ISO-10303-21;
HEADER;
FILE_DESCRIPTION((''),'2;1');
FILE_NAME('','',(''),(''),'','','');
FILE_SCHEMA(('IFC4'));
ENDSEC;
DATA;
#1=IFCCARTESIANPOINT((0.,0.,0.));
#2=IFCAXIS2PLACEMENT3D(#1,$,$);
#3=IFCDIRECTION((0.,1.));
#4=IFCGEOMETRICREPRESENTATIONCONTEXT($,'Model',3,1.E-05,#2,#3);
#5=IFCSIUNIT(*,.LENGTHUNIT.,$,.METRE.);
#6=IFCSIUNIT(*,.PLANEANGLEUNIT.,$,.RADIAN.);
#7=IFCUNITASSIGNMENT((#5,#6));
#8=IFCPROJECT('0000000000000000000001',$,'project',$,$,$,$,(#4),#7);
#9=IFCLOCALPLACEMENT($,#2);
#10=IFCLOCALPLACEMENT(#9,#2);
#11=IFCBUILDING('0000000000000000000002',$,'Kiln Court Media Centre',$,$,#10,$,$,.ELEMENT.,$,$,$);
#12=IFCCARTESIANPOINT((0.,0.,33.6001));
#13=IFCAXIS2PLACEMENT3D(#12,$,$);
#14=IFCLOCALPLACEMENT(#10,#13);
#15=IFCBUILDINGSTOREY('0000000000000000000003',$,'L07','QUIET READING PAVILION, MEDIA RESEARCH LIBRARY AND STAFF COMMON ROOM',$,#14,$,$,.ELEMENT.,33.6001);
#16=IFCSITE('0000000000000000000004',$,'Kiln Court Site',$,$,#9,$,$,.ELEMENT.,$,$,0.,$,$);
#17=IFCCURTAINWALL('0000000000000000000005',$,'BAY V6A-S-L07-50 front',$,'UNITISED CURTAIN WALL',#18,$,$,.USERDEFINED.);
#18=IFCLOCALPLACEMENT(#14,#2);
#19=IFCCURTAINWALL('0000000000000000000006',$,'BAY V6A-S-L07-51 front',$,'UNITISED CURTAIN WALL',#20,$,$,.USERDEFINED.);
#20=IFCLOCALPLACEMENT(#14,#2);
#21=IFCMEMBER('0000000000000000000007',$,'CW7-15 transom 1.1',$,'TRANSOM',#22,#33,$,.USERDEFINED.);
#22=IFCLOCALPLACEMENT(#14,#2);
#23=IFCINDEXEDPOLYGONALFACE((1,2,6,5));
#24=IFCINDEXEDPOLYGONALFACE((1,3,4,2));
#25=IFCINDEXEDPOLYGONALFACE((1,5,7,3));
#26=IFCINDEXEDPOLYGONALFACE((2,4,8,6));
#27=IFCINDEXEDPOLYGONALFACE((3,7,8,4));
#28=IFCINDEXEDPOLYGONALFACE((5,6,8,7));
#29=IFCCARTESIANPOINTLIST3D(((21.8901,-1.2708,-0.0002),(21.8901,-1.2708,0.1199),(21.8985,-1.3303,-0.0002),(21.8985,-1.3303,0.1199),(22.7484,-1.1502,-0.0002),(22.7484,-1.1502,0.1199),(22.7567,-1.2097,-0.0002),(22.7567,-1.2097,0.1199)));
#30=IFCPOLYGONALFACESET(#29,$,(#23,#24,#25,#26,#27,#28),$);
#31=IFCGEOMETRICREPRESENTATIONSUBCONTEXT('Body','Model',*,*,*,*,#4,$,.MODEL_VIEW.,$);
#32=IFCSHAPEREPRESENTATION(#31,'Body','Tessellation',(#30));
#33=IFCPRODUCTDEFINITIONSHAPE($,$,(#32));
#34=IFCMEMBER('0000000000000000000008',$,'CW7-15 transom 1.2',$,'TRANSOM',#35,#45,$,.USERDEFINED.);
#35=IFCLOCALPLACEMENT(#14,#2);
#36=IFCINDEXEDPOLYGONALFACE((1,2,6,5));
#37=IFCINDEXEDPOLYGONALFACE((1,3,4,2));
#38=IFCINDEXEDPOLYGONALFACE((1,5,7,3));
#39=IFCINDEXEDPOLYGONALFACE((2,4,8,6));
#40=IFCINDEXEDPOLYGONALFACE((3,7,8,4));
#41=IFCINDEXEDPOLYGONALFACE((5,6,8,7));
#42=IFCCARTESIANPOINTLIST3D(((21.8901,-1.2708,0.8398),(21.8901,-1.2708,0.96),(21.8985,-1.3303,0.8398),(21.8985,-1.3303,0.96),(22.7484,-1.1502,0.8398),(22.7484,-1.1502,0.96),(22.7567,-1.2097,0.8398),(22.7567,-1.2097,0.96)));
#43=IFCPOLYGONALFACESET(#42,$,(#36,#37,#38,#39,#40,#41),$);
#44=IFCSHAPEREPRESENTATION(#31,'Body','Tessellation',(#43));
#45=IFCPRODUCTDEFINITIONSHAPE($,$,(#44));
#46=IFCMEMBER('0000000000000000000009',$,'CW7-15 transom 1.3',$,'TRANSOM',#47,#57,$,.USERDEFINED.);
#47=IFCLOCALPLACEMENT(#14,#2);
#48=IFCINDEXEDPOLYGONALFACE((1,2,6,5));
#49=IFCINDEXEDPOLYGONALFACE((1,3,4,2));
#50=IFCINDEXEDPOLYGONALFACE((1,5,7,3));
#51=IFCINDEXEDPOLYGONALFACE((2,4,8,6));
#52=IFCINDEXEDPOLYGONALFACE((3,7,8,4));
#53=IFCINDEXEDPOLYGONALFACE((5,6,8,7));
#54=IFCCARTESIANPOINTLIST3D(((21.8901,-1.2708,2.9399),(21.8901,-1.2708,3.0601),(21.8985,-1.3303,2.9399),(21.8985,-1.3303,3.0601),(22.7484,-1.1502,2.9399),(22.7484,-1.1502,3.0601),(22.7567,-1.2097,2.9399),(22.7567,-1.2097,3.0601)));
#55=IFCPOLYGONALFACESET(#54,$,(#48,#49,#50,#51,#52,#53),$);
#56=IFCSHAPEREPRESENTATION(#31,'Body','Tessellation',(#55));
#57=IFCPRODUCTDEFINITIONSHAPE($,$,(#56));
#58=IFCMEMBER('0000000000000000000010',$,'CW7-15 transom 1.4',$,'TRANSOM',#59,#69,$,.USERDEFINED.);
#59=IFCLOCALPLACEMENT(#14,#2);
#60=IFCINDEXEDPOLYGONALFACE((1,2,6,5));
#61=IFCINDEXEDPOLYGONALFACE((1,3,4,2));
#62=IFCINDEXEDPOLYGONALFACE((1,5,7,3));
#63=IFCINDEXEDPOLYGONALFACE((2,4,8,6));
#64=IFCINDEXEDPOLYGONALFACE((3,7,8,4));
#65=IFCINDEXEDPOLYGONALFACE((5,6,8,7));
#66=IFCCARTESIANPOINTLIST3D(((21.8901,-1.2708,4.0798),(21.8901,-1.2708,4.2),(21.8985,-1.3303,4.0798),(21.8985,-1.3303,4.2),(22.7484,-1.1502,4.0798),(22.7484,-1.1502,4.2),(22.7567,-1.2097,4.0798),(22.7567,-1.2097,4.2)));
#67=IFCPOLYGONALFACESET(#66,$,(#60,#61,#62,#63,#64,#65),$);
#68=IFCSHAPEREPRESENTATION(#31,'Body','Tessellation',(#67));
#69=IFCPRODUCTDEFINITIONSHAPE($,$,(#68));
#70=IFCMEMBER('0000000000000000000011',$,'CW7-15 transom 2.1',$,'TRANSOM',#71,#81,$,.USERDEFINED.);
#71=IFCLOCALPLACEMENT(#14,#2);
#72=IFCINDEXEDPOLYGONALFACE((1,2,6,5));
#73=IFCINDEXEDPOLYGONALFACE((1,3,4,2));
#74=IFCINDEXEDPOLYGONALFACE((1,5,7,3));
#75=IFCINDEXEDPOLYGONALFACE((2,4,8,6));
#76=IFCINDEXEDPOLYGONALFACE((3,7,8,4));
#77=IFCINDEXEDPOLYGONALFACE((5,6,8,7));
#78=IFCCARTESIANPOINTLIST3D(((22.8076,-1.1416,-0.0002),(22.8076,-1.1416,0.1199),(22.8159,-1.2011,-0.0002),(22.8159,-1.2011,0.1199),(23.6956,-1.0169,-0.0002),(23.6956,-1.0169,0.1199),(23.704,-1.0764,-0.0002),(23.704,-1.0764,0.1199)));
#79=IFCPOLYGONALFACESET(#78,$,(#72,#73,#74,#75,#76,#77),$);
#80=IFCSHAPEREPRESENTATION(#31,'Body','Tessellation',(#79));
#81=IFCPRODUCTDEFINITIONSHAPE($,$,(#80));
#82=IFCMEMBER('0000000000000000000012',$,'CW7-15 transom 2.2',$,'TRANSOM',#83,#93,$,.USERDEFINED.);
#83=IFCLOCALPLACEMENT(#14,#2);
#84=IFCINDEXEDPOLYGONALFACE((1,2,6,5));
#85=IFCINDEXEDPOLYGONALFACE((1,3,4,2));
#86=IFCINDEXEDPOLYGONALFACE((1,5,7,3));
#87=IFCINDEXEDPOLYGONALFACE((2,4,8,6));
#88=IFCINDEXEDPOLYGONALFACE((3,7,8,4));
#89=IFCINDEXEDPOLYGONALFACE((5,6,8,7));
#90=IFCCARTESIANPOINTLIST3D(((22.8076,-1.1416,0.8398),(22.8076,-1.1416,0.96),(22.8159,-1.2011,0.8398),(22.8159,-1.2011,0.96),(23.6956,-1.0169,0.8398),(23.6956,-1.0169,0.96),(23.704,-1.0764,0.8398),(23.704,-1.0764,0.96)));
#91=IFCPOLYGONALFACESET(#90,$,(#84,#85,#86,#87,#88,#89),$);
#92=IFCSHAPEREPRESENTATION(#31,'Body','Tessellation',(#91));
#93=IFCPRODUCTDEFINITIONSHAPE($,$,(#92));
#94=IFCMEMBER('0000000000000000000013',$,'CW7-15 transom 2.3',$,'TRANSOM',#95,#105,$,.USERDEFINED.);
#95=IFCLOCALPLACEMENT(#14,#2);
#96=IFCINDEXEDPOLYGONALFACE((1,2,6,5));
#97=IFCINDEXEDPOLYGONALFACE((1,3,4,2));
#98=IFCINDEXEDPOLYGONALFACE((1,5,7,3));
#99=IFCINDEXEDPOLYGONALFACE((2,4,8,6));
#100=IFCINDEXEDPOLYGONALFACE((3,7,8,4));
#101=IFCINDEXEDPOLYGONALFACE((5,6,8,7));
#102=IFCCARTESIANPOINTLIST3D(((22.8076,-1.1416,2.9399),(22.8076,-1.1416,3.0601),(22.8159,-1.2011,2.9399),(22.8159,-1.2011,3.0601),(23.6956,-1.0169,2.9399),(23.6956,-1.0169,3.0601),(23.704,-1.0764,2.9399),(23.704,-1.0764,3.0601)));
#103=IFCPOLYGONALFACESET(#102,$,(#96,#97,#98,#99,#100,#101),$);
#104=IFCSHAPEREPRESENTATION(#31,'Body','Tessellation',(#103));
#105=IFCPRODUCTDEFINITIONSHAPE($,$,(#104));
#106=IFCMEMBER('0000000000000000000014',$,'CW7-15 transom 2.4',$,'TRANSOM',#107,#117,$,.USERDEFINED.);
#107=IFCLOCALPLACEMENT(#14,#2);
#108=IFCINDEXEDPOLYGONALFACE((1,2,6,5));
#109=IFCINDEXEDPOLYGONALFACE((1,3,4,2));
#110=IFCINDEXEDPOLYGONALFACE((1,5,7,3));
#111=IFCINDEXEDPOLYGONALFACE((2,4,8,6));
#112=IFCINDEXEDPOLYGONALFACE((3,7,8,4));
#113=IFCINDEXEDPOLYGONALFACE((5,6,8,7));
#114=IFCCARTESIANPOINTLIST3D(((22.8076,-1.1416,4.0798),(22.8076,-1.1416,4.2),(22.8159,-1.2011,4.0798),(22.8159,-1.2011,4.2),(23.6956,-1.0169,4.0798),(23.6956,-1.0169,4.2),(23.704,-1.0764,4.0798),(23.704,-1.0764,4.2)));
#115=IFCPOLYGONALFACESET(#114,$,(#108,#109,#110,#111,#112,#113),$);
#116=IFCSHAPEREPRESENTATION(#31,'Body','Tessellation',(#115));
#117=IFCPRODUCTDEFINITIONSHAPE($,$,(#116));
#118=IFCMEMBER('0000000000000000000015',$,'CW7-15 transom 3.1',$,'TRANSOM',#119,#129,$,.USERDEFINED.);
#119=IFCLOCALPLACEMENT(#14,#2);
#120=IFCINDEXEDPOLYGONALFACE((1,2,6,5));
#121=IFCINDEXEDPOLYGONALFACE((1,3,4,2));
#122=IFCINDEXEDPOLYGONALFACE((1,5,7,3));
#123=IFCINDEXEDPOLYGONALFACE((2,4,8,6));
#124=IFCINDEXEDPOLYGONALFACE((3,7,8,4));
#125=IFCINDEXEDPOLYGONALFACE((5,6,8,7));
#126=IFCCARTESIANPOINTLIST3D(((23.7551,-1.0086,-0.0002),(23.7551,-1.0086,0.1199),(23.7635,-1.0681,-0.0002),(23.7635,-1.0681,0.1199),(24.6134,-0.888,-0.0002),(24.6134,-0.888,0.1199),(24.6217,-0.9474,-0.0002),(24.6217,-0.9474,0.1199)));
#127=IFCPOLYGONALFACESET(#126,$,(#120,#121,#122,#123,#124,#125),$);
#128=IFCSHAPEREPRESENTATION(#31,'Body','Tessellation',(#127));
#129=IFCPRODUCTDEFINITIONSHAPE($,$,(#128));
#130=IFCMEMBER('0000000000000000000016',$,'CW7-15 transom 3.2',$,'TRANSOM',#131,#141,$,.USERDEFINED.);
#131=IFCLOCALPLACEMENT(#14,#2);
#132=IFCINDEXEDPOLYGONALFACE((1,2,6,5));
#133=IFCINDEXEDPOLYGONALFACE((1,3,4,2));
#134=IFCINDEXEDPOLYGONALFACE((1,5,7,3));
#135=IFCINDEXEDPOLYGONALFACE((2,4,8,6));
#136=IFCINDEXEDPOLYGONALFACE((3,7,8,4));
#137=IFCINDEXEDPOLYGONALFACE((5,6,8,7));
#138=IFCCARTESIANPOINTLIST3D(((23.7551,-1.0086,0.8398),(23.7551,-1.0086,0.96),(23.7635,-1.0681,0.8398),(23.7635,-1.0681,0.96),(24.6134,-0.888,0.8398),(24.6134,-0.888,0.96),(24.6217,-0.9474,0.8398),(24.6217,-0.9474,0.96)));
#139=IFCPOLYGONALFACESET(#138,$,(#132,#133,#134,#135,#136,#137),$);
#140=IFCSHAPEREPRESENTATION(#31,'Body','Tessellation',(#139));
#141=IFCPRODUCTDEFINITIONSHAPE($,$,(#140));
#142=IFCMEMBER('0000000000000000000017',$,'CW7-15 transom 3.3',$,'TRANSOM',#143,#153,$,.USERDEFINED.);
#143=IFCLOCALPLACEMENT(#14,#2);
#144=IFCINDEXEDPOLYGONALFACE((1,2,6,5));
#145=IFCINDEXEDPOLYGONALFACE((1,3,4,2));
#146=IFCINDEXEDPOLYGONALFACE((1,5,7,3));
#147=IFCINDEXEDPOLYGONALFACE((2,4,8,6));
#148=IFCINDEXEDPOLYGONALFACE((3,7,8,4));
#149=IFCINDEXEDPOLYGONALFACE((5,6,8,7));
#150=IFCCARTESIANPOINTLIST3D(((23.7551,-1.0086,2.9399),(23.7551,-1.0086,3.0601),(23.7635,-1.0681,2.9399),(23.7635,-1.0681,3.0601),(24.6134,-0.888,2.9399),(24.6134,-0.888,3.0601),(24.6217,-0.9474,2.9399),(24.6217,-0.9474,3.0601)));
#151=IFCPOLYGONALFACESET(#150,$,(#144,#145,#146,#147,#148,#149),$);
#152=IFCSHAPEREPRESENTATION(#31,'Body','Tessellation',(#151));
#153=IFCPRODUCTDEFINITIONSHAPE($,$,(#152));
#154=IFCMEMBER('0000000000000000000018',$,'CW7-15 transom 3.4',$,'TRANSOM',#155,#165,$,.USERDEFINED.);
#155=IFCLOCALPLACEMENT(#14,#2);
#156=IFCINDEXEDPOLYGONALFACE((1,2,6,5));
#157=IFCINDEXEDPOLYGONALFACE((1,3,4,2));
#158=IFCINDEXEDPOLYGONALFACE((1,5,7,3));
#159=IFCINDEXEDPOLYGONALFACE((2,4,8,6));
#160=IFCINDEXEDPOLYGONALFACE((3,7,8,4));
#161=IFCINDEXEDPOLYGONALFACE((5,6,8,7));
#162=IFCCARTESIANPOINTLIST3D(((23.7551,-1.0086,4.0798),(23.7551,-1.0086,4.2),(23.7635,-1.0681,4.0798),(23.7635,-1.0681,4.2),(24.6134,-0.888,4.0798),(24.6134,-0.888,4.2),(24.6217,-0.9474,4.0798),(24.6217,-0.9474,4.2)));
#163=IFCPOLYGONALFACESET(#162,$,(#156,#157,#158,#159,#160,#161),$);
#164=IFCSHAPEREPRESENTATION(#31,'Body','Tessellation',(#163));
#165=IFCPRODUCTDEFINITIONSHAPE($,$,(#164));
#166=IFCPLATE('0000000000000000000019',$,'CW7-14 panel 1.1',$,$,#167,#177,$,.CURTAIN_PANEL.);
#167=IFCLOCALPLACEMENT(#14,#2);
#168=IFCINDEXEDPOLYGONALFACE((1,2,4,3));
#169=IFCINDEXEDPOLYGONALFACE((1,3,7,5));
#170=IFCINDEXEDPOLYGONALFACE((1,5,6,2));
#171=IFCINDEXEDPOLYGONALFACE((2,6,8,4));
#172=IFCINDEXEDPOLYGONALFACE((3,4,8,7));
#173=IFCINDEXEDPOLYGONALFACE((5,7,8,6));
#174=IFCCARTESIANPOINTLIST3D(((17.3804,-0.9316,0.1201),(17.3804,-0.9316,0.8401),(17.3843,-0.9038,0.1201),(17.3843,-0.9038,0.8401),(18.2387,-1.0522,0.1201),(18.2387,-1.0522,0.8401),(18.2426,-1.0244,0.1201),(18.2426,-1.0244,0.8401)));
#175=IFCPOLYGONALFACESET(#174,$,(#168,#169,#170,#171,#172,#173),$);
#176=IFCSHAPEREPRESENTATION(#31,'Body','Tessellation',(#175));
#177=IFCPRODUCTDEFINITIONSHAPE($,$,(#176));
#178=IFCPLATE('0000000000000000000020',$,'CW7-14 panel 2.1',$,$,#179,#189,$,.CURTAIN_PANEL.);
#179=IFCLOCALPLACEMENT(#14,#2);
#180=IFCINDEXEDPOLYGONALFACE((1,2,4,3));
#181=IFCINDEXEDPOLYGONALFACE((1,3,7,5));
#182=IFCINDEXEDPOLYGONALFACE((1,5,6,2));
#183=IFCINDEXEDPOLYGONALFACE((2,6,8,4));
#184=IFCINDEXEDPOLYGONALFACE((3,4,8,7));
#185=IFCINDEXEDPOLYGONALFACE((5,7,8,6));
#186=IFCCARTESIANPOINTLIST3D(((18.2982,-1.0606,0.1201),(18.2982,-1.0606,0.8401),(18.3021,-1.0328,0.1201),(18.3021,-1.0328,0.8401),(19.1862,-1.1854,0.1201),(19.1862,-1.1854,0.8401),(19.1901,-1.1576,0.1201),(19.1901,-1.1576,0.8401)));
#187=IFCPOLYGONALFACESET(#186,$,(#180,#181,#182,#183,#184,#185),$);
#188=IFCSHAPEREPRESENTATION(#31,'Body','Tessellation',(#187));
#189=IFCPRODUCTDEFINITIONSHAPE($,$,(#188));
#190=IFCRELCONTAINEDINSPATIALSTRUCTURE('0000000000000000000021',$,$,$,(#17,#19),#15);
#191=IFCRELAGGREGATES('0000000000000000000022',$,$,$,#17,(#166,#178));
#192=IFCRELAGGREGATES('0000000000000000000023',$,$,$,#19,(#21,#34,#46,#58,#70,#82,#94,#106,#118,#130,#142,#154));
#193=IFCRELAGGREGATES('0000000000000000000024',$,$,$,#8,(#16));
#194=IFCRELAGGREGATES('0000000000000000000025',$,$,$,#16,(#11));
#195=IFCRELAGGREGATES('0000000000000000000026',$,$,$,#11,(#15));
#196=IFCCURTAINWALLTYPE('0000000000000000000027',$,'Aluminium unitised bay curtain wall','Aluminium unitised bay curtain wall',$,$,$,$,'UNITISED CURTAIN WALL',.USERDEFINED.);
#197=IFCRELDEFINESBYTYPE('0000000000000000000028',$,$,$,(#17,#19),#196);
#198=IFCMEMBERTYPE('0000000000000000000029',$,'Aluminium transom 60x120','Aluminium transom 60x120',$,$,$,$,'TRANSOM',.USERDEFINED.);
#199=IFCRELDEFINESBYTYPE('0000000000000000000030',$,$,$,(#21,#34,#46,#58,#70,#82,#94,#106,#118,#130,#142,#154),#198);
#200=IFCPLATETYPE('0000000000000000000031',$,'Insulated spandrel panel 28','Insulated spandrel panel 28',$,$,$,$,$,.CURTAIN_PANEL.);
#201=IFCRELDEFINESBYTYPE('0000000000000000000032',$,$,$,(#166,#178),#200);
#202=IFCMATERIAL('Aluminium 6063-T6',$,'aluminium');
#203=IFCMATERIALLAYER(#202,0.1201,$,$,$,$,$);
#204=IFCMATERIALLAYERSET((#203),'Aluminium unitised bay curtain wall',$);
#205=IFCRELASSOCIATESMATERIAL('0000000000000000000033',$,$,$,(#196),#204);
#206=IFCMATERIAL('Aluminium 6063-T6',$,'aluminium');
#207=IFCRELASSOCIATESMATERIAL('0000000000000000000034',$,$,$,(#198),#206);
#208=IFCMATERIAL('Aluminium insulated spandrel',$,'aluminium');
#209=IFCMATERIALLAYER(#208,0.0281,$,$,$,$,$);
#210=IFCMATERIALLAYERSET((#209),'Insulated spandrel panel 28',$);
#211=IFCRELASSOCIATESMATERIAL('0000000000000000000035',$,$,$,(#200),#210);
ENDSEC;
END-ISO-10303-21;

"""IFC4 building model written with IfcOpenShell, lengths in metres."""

from ifc_helpers import new_model, si_unit, direction, frame, origin, origin_2d, place, context, subcontext, project, spatial, rectangle, extrude, material, layer, layer_set, material_profile, profile_set, type_object, element, aggregate, save


model = new_model("IFC4")

# Units and contexts
model_context = context("Model", 3, precision=1e-05, world=origin(), true_north=direction((0.0, 1.0)))
body_context = subcontext(model_context, "Body", "Model", "MODEL_VIEW")
ifc_project = project(units=[si_unit("LENGTHUNIT", "METRE"), si_unit("PLANEANGLEUNIT", "RADIAN")], contexts=[model_context])

# Site, building, storey
site_placement = place(None, origin())
site = spatial("IfcSite", under=ifc_project, at=site_placement, Name="Kiln Court Site", CompositionType="ELEMENT", RefElevation=0.0)
building_placement = place(site_placement, origin())
building = spatial("IfcBuilding", under=site, at=building_placement, Name="Kiln Court Media Centre", CompositionType="ELEMENT")
storey_placement = place(building_placement, frame((0.0, 0.0, 33.6001)))
storey = spatial("IfcBuildingStorey", under=building, at=storey_placement, Name="L07", Description="QUIET READING PAVILION, MEDIA RESEARCH LIBRARY AND STAFF COMMON ROOM", CompositionType="ELEMENT", Elevation=33.6001)

# Curtain walls
ifc_material_1 = material(Name="Aluminium 6063-T6", Category="aluminium")
ifc_layer_1 = layer(ifc_material_1, 0.1201)
ifc_layer_set_1 = layer_set([ifc_layer_1], Name="Aluminium unitised bay curtain wall")
curtain_wall_type = type_object("IfcCurtainWallType", Name="Aluminium unitised bay curtain wall", Description="Aluminium unitised bay curtain wall", ElementType="UNITISED CURTAIN WALL", PredefinedType="USERDEFINED", material=ifc_layer_set_1)
curtain_wall_1_placement = place(storey_placement, origin())
curtain_wall_1 = element("IfcCurtainWall", 1, at=curtain_wall_1_placement, inside=storey, type_object=curtain_wall_type, Name="BAY V6A-S-L07-50 front", ObjectType="UNITISED CURTAIN WALL", PredefinedType="USERDEFINED")
curtain_wall_2_placement = place(storey_placement, origin())
curtain_wall_2 = element("IfcCurtainWall", 2, at=curtain_wall_2_placement, inside=storey, type_object=curtain_wall_type, Name="BAY V6A-S-L07-51 front", ObjectType="UNITISED CURTAIN WALL", PredefinedType="USERDEFINED")

# Members
ifc_material_2 = material(Name="Aluminium 6063-T6", Category="aluminium")
ifc_material_profile_1 = material_profile(ifc_material_2, rectangle(XDim=0.0601, YDim=0.1201, at=origin_2d()), Name="Aluminium transom 60x120")
ifc_profile_set_1 = profile_set([ifc_material_profile_1], Name="Aluminium 6063-T6")
member_type_1 = type_object("IfcMemberType", Name="Aluminium transom 60x120", Description="Aluminium transom 60x120", ElementType="TRANSOM", PredefinedType="USERDEFINED", material=ifc_profile_set_1)
member_1_placement = place(storey_placement, frame((21.8943, -1.3005, 0.0598), z_axis=(0.990268, 0.139173, 0.0), x_axis=(-0.139173, 0.990268, 0.0)))
member_1 = element("IfcMember", 3, at=member_1_placement, type_object=member_type_1, Name="CW7-15 transom 1.1", ObjectType="TRANSOM", PredefinedType="USERDEFINED", context=body_context, shape_type="SweptSolid", body=[
    extrude(rectangle(XDim=0.0601, YDim=0.1201, at=origin_2d()), origin(), (0.0, 0.0, 1.0), 0.8667),
])
member_2_placement = place(storey_placement, frame((21.8943, -1.3005, 0.8999), z_axis=(0.990268, 0.139173, 0.0), x_axis=(-0.139173, 0.990268, 0.0)))
member_2 = element("IfcMember", 4, at=member_2_placement, type_object=member_type_1, Name="CW7-15 transom 1.2", ObjectType="TRANSOM", PredefinedType="USERDEFINED", context=body_context, shape_type="SweptSolid", body=[
    extrude(rectangle(XDim=0.0601, YDim=0.1201, at=origin_2d()), origin(), (0.0, 0.0, 1.0), 0.8667),
])
member_3_placement = place(storey_placement, frame((21.8943, -1.3005, 3.0), z_axis=(0.990268, 0.139173, 0.0), x_axis=(-0.139173, 0.990268, 0.0)))
member_3 = element("IfcMember", 5, at=member_3_placement, type_object=member_type_1, Name="CW7-15 transom 1.3", ObjectType="TRANSOM", PredefinedType="USERDEFINED", context=body_context, shape_type="SweptSolid", body=[
    extrude(rectangle(XDim=0.0601, YDim=0.1201, at=origin_2d()), origin(), (0.0, 0.0, 1.0), 0.8667),
])
member_4_placement = place(storey_placement, frame((21.8943, -1.3005, 4.1399), z_axis=(0.990268, 0.139173, 0.0), x_axis=(-0.139173, 0.990268, 0.0)))
member_4 = element("IfcMember", 6, at=member_4_placement, type_object=member_type_1, Name="CW7-15 transom 1.4", ObjectType="TRANSOM", PredefinedType="USERDEFINED", context=body_context, shape_type="SweptSolid", body=[
    extrude(rectangle(XDim=0.0601, YDim=0.1201, at=origin_2d()), origin(), (0.0, 0.0, 1.0), 0.8667),
])
member_5_placement = place(storey_placement, frame((22.8118, -1.1714, 0.0598), z_axis=(0.990274, 0.139134, 0.0), x_axis=(-0.139134, 0.990274, 0.0)))
member_5 = element("IfcMember", 7, at=member_5_placement, type_object=member_type_1, Name="CW7-15 transom 2.1", ObjectType="TRANSOM", PredefinedType="USERDEFINED", context=body_context, shape_type="SweptSolid", body=[
    extrude(rectangle(XDim=0.0601, YDim=0.1201, at=origin_2d()), origin(), (0.0, 0.0, 1.0), 0.8967),
])
member_6_placement = place(storey_placement, frame((22.8118, -1.1714, 0.8999), z_axis=(0.990274, 0.139134, 0.0), x_axis=(-0.139134, 0.990274, 0.0)))
member_6 = element("IfcMember", 8, at=member_6_placement, type_object=member_type_1, Name="CW7-15 transom 2.2", ObjectType="TRANSOM", PredefinedType="USERDEFINED", context=body_context, shape_type="SweptSolid", body=[
    extrude(rectangle(XDim=0.0601, YDim=0.1201, at=origin_2d()), origin(), (0.0, 0.0, 1.0), 0.8967),
])
member_7_placement = place(storey_placement, frame((22.8118, -1.1714, 3.0), z_axis=(0.990274, 0.139134, 0.0), x_axis=(-0.139134, 0.990274, 0.0)))
member_7 = element("IfcMember", 9, at=member_7_placement, type_object=member_type_1, Name="CW7-15 transom 2.3", ObjectType="TRANSOM", PredefinedType="USERDEFINED", context=body_context, shape_type="SweptSolid", body=[
    extrude(rectangle(XDim=0.0601, YDim=0.1201, at=origin_2d()), origin(), (0.0, 0.0, 1.0), 0.8967),
])
member_8_placement = place(storey_placement, frame((22.8118, -1.1714, 4.1399), z_axis=(0.990274, 0.139134, 0.0), x_axis=(-0.139134, 0.990274, 0.0)))
member_8 = element("IfcMember", 10, at=member_8_placement, type_object=member_type_1, Name="CW7-15 transom 2.4", ObjectType="TRANSOM", PredefinedType="USERDEFINED", context=body_context, shape_type="SweptSolid", body=[
    extrude(rectangle(XDim=0.0601, YDim=0.1201, at=origin_2d()), origin(), (0.0, 0.0, 1.0), 0.8967),
])
member_9_placement = place(storey_placement, frame((23.7593, -1.0383, 0.0598), z_axis=(0.990268, 0.139173, 0.0), x_axis=(-0.139173, 0.990268, 0.0)))
member_9 = element("IfcMember", 11, at=member_9_placement, type_object=member_type_1, Name="CW7-15 transom 3.1", ObjectType="TRANSOM", PredefinedType="USERDEFINED", context=body_context, shape_type="SweptSolid", body=[
    extrude(rectangle(XDim=0.0601, YDim=0.1201, at=origin_2d()), origin(), (0.0, 0.0, 1.0), 0.8667),
])
member_10_placement = place(storey_placement, frame((23.7593, -1.0383, 0.8999), z_axis=(0.990268, 0.139173, 0.0), x_axis=(-0.139173, 0.990268, 0.0)))
member_10 = element("IfcMember", 12, at=member_10_placement, type_object=member_type_1, Name="CW7-15 transom 3.2", ObjectType="TRANSOM", PredefinedType="USERDEFINED", context=body_context, shape_type="SweptSolid", body=[
    extrude(rectangle(XDim=0.0601, YDim=0.1201, at=origin_2d()), origin(), (0.0, 0.0, 1.0), 0.8667),
])
member_11_placement = place(storey_placement, frame((23.7593, -1.0383, 3.0), z_axis=(0.990268, 0.139173, 0.0), x_axis=(-0.139173, 0.990268, 0.0)))
member_11 = element("IfcMember", 13, at=member_11_placement, type_object=member_type_1, Name="CW7-15 transom 3.3", ObjectType="TRANSOM", PredefinedType="USERDEFINED", context=body_context, shape_type="SweptSolid", body=[
    extrude(rectangle(XDim=0.0601, YDim=0.1201, at=origin_2d()), origin(), (0.0, 0.0, 1.0), 0.8667),
])
member_12_placement = place(storey_placement, frame((23.7593, -1.0383, 4.1399), z_axis=(0.990268, 0.139173, 0.0), x_axis=(-0.139173, 0.990268, 0.0)))
member_12 = element("IfcMember", 14, at=member_12_placement, type_object=member_type_1, Name="CW7-15 transom 3.4", ObjectType="TRANSOM", PredefinedType="USERDEFINED", context=body_context, shape_type="SweptSolid", body=[
    extrude(rectangle(XDim=0.0601, YDim=0.1201, at=origin_2d()), origin(), (0.0, 0.0, 1.0), 0.8667),
])

# Plates
ifc_material_3 = material(Name="Aluminium insulated spandrel", Category="aluminium")
ifc_layer_2 = layer(ifc_material_3, 0.0281)
ifc_layer_set_2 = layer_set([ifc_layer_2], Name="Insulated spandrel panel 28")
plate_type_1 = type_object("IfcPlateType", Name="Insulated spandrel panel 28", Description="Insulated spandrel panel 28", PredefinedType="CURTAIN_PANEL", material=ifc_layer_set_2)
plate_1_placement = place(storey_placement, frame((17.8115, -0.978, 0.1201), z_axis=(0.0, 0.0, 1.0), x_axis=(0.99027, -0.139162, 0.0)))
plate_1 = element("IfcPlate", 15, at=plate_1_placement, type_object=plate_type_1, Name="CW7-14 panel 1.1", PredefinedType="CURTAIN_PANEL", context=body_context, shape_type="SweptSolid", body=[
    extrude(rectangle(XDim=0.8667, YDim=0.0281, at=origin_2d()), origin(), (0.0, 0.0, 1.0), 0.72),
])
plate_2_placement = place(storey_placement, frame((18.7441, -1.1091, 0.1201), z_axis=(0.0, 0.0, 1.0), x_axis=(0.99027, -0.139162, 0.0)))
plate_2 = element("IfcPlate", 16, at=plate_2_placement, type_object=plate_type_1, Name="CW7-14 panel 2.1", PredefinedType="CURTAIN_PANEL", context=body_context, shape_type="SweptSolid", body=[
    extrude(rectangle(XDim=0.8967, YDim=0.0281, at=origin_2d()), origin(), (0.0, 0.0, 1.0), 0.72),
])
aggregate(curtain_wall_1, [plate_1, plate_2])
aggregate(curtain_wall_2, [member_1, member_2, member_3, member_4, member_5, member_6, member_7, member_8, member_9, member_10, member_11, member_12])

save(model, "model.ifc")
